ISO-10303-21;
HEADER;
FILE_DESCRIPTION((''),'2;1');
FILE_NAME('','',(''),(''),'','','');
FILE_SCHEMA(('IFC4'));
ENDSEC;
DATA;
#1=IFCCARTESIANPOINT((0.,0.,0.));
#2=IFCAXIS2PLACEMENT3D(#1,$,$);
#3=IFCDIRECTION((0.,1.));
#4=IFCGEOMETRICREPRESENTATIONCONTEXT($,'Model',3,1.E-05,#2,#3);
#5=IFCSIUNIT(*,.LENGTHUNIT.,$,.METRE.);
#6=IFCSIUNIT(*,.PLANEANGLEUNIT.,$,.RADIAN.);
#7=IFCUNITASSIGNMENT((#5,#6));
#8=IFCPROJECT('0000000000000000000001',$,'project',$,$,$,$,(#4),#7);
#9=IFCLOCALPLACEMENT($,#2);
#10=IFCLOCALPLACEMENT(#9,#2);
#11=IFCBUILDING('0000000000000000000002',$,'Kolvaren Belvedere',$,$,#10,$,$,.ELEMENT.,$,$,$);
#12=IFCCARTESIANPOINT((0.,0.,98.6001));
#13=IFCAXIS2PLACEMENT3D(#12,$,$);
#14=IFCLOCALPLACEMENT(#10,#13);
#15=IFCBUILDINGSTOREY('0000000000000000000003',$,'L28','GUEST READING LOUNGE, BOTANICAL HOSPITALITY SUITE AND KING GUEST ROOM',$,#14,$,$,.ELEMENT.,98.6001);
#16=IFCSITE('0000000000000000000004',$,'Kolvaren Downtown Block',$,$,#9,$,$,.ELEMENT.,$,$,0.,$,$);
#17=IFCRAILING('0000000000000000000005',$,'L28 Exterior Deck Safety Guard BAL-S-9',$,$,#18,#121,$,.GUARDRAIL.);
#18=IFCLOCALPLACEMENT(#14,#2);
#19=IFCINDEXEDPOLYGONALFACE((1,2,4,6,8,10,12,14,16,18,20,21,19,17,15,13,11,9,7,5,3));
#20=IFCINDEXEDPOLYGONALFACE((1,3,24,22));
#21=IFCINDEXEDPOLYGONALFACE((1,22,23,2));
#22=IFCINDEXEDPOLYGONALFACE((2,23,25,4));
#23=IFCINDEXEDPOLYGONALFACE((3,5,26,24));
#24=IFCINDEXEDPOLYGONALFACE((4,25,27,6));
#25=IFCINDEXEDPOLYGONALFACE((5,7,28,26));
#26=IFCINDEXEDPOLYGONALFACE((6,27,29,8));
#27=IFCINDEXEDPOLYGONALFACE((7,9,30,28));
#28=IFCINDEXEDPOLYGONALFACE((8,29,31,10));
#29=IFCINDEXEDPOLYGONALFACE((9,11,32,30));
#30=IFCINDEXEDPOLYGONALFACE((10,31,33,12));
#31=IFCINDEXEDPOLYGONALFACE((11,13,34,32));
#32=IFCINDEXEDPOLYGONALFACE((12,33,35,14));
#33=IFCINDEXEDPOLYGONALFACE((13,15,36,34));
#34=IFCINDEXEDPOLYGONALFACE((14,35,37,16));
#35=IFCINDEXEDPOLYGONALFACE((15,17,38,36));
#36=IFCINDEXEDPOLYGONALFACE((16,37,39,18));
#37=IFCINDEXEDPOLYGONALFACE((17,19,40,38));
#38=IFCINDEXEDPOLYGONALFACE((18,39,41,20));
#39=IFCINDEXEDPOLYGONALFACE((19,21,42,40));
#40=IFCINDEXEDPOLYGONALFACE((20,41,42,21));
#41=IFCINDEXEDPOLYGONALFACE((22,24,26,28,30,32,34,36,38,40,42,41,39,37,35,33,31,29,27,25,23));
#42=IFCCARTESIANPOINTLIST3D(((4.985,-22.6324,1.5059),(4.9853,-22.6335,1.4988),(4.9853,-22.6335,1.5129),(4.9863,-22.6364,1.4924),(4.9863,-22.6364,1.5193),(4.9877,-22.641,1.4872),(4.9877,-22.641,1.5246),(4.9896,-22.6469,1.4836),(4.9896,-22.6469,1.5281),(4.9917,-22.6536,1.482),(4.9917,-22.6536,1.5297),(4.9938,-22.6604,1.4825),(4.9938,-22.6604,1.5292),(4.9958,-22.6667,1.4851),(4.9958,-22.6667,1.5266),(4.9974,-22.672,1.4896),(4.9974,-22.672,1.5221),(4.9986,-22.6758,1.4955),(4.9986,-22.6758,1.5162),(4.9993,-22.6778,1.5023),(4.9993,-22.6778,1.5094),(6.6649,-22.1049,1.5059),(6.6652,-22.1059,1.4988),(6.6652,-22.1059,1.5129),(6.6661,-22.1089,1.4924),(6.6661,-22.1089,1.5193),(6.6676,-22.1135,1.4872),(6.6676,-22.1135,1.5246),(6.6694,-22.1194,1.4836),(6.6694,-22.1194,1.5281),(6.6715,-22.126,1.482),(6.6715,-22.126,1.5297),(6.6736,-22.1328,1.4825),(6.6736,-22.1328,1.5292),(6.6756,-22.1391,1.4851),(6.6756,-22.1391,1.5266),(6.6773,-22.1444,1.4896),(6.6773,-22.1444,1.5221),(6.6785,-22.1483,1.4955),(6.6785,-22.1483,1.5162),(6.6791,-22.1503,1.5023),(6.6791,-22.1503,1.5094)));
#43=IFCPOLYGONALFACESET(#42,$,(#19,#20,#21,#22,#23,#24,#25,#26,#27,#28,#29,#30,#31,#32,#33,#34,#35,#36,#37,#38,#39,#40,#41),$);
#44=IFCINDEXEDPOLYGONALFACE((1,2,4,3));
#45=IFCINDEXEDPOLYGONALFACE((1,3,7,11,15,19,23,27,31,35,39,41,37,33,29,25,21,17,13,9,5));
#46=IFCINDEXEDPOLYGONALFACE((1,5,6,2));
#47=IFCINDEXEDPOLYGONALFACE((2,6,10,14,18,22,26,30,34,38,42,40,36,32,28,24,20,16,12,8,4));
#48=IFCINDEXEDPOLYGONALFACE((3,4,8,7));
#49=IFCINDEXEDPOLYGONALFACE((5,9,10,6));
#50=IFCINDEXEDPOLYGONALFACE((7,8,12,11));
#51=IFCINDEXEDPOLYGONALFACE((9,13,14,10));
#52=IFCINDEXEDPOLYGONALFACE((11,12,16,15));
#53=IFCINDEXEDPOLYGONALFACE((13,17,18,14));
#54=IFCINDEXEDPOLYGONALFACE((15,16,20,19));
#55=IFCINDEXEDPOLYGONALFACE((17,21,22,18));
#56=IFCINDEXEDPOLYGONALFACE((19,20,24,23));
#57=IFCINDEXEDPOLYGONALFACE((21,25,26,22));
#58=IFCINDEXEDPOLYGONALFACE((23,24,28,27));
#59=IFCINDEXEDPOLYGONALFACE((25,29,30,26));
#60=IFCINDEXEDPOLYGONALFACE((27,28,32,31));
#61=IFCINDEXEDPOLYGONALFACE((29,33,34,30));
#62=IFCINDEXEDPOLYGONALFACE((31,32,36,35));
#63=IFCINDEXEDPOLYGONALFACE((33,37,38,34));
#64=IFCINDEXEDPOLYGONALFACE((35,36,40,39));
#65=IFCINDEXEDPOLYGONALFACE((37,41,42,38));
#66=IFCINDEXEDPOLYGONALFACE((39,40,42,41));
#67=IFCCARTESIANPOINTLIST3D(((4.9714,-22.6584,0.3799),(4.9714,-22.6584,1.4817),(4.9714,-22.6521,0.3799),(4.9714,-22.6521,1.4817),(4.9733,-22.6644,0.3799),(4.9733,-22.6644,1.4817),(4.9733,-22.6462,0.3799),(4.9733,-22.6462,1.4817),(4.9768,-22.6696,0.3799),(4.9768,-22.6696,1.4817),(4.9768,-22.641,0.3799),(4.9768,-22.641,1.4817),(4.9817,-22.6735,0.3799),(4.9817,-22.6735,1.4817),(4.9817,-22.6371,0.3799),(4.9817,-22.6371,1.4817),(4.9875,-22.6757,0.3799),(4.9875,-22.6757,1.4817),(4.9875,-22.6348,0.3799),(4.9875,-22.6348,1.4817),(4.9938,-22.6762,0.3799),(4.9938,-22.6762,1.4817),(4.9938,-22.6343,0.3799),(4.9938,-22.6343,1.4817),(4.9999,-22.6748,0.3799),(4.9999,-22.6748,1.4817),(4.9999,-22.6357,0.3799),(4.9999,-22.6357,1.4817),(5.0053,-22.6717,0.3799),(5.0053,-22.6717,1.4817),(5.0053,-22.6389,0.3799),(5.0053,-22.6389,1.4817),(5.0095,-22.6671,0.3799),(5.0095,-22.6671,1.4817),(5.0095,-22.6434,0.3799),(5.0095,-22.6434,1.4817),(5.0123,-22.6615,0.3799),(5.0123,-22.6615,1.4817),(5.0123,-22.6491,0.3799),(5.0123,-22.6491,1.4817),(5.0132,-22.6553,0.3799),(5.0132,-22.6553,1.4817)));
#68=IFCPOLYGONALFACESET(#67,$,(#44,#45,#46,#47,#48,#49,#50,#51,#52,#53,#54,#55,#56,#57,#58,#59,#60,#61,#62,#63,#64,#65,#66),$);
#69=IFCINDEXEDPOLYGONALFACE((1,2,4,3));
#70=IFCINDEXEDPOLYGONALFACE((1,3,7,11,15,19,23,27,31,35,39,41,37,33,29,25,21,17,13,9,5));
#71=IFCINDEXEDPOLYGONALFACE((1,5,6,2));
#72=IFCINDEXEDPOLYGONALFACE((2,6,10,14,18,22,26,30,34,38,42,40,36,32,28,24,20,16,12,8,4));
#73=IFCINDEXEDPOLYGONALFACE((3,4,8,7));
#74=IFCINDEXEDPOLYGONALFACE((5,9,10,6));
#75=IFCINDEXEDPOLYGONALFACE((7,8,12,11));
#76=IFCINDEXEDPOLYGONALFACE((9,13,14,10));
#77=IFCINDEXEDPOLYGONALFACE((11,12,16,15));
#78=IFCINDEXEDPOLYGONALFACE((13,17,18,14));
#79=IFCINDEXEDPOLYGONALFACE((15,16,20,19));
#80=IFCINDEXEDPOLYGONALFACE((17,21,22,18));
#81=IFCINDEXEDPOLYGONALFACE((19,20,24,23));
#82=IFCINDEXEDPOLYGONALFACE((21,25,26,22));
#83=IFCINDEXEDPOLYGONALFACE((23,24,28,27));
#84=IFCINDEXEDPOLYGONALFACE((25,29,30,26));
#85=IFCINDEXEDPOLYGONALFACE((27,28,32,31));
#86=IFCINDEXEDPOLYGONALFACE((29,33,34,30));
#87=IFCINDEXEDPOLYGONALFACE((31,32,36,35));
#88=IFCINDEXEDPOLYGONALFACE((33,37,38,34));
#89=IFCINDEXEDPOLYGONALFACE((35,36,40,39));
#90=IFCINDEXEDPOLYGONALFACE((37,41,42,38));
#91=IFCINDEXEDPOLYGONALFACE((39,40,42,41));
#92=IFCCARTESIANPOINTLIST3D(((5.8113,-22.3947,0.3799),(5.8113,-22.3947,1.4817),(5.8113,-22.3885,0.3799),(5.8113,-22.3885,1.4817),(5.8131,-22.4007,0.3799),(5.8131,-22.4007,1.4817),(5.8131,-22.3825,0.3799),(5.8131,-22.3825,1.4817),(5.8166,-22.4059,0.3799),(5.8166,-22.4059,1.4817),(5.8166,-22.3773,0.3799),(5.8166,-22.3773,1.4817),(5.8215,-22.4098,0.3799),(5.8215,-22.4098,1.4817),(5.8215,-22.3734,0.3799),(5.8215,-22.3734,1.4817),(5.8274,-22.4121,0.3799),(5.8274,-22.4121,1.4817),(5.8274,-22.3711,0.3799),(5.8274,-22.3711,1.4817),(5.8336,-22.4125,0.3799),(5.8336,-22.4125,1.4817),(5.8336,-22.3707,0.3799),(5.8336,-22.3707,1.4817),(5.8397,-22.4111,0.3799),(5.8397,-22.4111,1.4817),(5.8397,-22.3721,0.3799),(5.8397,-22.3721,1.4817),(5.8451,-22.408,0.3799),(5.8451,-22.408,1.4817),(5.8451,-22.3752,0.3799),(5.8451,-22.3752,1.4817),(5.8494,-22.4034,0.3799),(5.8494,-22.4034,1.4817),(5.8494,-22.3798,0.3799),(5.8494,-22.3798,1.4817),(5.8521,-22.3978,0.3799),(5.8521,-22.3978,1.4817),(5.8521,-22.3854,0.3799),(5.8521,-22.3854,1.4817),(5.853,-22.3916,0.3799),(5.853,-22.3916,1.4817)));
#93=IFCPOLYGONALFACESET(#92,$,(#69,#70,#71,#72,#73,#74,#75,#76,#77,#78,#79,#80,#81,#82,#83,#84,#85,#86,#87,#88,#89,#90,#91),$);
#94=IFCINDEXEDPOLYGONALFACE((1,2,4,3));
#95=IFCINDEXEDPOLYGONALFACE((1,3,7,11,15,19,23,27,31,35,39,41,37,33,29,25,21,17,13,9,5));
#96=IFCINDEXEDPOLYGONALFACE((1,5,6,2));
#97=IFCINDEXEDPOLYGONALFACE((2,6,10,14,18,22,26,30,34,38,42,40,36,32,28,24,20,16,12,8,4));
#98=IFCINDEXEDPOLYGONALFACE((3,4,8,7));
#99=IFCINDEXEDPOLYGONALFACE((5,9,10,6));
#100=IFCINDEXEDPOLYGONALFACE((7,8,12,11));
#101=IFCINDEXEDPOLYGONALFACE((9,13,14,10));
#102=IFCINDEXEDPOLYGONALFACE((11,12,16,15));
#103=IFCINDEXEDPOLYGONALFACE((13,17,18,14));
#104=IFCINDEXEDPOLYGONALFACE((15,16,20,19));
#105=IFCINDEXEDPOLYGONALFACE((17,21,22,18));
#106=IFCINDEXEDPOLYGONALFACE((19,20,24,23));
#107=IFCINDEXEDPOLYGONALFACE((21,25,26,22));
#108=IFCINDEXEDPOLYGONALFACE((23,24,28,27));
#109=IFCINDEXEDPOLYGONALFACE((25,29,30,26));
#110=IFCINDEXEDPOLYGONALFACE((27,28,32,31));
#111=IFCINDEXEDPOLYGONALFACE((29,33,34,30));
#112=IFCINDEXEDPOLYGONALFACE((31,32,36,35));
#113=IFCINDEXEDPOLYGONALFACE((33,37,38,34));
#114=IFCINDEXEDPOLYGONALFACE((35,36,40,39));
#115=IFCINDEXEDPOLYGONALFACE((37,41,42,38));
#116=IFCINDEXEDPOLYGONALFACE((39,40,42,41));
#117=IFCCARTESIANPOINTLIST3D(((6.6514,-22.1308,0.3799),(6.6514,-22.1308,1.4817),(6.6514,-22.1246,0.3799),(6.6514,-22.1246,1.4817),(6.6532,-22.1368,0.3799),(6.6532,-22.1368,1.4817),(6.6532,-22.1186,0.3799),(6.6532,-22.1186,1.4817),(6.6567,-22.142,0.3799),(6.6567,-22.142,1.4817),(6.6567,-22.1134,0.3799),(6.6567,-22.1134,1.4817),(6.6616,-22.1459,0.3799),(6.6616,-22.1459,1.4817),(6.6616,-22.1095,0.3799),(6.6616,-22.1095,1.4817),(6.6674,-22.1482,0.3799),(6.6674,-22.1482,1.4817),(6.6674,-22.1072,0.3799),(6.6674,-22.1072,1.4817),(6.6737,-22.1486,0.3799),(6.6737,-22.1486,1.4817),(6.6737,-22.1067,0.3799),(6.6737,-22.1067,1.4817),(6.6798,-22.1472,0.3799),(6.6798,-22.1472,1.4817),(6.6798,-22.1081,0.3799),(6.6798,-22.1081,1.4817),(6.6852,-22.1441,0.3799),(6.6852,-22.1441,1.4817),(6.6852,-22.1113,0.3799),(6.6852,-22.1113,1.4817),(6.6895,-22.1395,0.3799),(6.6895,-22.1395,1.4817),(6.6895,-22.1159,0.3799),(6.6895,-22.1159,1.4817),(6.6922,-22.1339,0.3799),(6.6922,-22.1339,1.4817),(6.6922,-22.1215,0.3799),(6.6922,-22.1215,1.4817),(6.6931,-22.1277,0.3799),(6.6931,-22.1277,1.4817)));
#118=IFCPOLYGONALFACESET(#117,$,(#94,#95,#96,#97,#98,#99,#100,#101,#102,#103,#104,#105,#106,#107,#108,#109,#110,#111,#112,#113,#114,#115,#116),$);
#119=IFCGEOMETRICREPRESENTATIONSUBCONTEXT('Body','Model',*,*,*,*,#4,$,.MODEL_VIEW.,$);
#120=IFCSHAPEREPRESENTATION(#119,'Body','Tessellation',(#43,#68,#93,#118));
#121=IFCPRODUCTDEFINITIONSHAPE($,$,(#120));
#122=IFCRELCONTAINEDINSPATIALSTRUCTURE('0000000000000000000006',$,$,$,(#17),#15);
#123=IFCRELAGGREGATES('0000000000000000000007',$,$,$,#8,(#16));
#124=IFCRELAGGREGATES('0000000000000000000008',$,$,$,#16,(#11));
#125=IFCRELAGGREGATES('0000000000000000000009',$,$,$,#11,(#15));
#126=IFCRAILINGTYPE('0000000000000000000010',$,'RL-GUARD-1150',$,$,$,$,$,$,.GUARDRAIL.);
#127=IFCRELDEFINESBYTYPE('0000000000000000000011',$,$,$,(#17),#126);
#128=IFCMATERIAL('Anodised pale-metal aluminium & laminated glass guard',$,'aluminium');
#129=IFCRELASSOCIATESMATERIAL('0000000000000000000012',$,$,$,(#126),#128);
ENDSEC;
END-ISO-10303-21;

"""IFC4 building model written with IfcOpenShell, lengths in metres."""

from ifc_helpers import new_model, si_unit, direction, frame, origin, origin_2d, place, context, subcontext, project, spatial, circle, extrude, material, type_object, element, save


model = new_model("IFC4")

# Units and contexts
model_context = context("Model", 3, precision=1e-05, world=origin(), true_north=direction((0.0, 1.0)))
body_context = subcontext(model_context, "Body", "Model", "MODEL_VIEW")
ifc_project = project(units=[si_unit("LENGTHUNIT", "METRE"), si_unit("PLANEANGLEUNIT", "RADIAN")], contexts=[model_context])

# Site, building, storey
site_placement = place(None, origin())
site = spatial("IfcSite", under=ifc_project, at=site_placement, Name="Kolvaren Downtown Block", CompositionType="ELEMENT", RefElevation=0.0)
building_placement = place(site_placement, origin())
building = spatial("IfcBuilding", under=site, at=building_placement, Name="Kolvaren Belvedere", CompositionType="ELEMENT")
storey_placement = place(building_placement, frame((0.0, 0.0, 98.6001)))
storey = spatial("IfcBuildingStorey", under=building, at=storey_placement, Name="L28", Description="GUEST READING LOUNGE, BOTANICAL HOSPITALITY SUITE AND KING GUEST ROOM", CompositionType="ELEMENT", Elevation=98.6001)

# Railing
ifc_material_1 = material(Name="Anodised pale-metal aluminium & laminated glass guard", Category="aluminium")
railing_type = type_object("IfcRailingType", Name="RL-GUARD-1150", PredefinedType="GUARDRAIL", material=ifc_material_1)
railing_1_placement = place(storey_placement, frame((4.9922, -22.6553, 0.3799)))
element("IfcRailing", 1, at=railing_1_placement, inside=storey, type_object=railing_type, Name="L28 Exterior Deck Safety Guard BAL-S-9", PredefinedType="GUARDRAIL", context=body_context, shape_type="SweptSolid", body=[
    extrude(circle(Radius=0.0239, at=origin_2d()), frame((0.0, 0.0, 1.126), z_axis=(0.954057, 0.299625, 0.0), x_axis=(-0.299625, 0.954057, 0.0)), (0.0, 0.0, 1.0), 1.7607),
    extrude(circle(Radius=0.021, at=origin_2d()), origin(), (0.0, 0.0, 1.0), 1.1018),
    extrude(circle(Radius=0.021, at=origin_2d()), frame((0.8398, 0.2637, 0.0)), (0.0, 0.0, 1.0), 1.1018),
    extrude(circle(Radius=0.021, at=origin_2d()), frame((1.6799, 0.5276, 0.0)), (0.0, 0.0, 1.0), 1.1018),
])

save(model, "model.ifc")
